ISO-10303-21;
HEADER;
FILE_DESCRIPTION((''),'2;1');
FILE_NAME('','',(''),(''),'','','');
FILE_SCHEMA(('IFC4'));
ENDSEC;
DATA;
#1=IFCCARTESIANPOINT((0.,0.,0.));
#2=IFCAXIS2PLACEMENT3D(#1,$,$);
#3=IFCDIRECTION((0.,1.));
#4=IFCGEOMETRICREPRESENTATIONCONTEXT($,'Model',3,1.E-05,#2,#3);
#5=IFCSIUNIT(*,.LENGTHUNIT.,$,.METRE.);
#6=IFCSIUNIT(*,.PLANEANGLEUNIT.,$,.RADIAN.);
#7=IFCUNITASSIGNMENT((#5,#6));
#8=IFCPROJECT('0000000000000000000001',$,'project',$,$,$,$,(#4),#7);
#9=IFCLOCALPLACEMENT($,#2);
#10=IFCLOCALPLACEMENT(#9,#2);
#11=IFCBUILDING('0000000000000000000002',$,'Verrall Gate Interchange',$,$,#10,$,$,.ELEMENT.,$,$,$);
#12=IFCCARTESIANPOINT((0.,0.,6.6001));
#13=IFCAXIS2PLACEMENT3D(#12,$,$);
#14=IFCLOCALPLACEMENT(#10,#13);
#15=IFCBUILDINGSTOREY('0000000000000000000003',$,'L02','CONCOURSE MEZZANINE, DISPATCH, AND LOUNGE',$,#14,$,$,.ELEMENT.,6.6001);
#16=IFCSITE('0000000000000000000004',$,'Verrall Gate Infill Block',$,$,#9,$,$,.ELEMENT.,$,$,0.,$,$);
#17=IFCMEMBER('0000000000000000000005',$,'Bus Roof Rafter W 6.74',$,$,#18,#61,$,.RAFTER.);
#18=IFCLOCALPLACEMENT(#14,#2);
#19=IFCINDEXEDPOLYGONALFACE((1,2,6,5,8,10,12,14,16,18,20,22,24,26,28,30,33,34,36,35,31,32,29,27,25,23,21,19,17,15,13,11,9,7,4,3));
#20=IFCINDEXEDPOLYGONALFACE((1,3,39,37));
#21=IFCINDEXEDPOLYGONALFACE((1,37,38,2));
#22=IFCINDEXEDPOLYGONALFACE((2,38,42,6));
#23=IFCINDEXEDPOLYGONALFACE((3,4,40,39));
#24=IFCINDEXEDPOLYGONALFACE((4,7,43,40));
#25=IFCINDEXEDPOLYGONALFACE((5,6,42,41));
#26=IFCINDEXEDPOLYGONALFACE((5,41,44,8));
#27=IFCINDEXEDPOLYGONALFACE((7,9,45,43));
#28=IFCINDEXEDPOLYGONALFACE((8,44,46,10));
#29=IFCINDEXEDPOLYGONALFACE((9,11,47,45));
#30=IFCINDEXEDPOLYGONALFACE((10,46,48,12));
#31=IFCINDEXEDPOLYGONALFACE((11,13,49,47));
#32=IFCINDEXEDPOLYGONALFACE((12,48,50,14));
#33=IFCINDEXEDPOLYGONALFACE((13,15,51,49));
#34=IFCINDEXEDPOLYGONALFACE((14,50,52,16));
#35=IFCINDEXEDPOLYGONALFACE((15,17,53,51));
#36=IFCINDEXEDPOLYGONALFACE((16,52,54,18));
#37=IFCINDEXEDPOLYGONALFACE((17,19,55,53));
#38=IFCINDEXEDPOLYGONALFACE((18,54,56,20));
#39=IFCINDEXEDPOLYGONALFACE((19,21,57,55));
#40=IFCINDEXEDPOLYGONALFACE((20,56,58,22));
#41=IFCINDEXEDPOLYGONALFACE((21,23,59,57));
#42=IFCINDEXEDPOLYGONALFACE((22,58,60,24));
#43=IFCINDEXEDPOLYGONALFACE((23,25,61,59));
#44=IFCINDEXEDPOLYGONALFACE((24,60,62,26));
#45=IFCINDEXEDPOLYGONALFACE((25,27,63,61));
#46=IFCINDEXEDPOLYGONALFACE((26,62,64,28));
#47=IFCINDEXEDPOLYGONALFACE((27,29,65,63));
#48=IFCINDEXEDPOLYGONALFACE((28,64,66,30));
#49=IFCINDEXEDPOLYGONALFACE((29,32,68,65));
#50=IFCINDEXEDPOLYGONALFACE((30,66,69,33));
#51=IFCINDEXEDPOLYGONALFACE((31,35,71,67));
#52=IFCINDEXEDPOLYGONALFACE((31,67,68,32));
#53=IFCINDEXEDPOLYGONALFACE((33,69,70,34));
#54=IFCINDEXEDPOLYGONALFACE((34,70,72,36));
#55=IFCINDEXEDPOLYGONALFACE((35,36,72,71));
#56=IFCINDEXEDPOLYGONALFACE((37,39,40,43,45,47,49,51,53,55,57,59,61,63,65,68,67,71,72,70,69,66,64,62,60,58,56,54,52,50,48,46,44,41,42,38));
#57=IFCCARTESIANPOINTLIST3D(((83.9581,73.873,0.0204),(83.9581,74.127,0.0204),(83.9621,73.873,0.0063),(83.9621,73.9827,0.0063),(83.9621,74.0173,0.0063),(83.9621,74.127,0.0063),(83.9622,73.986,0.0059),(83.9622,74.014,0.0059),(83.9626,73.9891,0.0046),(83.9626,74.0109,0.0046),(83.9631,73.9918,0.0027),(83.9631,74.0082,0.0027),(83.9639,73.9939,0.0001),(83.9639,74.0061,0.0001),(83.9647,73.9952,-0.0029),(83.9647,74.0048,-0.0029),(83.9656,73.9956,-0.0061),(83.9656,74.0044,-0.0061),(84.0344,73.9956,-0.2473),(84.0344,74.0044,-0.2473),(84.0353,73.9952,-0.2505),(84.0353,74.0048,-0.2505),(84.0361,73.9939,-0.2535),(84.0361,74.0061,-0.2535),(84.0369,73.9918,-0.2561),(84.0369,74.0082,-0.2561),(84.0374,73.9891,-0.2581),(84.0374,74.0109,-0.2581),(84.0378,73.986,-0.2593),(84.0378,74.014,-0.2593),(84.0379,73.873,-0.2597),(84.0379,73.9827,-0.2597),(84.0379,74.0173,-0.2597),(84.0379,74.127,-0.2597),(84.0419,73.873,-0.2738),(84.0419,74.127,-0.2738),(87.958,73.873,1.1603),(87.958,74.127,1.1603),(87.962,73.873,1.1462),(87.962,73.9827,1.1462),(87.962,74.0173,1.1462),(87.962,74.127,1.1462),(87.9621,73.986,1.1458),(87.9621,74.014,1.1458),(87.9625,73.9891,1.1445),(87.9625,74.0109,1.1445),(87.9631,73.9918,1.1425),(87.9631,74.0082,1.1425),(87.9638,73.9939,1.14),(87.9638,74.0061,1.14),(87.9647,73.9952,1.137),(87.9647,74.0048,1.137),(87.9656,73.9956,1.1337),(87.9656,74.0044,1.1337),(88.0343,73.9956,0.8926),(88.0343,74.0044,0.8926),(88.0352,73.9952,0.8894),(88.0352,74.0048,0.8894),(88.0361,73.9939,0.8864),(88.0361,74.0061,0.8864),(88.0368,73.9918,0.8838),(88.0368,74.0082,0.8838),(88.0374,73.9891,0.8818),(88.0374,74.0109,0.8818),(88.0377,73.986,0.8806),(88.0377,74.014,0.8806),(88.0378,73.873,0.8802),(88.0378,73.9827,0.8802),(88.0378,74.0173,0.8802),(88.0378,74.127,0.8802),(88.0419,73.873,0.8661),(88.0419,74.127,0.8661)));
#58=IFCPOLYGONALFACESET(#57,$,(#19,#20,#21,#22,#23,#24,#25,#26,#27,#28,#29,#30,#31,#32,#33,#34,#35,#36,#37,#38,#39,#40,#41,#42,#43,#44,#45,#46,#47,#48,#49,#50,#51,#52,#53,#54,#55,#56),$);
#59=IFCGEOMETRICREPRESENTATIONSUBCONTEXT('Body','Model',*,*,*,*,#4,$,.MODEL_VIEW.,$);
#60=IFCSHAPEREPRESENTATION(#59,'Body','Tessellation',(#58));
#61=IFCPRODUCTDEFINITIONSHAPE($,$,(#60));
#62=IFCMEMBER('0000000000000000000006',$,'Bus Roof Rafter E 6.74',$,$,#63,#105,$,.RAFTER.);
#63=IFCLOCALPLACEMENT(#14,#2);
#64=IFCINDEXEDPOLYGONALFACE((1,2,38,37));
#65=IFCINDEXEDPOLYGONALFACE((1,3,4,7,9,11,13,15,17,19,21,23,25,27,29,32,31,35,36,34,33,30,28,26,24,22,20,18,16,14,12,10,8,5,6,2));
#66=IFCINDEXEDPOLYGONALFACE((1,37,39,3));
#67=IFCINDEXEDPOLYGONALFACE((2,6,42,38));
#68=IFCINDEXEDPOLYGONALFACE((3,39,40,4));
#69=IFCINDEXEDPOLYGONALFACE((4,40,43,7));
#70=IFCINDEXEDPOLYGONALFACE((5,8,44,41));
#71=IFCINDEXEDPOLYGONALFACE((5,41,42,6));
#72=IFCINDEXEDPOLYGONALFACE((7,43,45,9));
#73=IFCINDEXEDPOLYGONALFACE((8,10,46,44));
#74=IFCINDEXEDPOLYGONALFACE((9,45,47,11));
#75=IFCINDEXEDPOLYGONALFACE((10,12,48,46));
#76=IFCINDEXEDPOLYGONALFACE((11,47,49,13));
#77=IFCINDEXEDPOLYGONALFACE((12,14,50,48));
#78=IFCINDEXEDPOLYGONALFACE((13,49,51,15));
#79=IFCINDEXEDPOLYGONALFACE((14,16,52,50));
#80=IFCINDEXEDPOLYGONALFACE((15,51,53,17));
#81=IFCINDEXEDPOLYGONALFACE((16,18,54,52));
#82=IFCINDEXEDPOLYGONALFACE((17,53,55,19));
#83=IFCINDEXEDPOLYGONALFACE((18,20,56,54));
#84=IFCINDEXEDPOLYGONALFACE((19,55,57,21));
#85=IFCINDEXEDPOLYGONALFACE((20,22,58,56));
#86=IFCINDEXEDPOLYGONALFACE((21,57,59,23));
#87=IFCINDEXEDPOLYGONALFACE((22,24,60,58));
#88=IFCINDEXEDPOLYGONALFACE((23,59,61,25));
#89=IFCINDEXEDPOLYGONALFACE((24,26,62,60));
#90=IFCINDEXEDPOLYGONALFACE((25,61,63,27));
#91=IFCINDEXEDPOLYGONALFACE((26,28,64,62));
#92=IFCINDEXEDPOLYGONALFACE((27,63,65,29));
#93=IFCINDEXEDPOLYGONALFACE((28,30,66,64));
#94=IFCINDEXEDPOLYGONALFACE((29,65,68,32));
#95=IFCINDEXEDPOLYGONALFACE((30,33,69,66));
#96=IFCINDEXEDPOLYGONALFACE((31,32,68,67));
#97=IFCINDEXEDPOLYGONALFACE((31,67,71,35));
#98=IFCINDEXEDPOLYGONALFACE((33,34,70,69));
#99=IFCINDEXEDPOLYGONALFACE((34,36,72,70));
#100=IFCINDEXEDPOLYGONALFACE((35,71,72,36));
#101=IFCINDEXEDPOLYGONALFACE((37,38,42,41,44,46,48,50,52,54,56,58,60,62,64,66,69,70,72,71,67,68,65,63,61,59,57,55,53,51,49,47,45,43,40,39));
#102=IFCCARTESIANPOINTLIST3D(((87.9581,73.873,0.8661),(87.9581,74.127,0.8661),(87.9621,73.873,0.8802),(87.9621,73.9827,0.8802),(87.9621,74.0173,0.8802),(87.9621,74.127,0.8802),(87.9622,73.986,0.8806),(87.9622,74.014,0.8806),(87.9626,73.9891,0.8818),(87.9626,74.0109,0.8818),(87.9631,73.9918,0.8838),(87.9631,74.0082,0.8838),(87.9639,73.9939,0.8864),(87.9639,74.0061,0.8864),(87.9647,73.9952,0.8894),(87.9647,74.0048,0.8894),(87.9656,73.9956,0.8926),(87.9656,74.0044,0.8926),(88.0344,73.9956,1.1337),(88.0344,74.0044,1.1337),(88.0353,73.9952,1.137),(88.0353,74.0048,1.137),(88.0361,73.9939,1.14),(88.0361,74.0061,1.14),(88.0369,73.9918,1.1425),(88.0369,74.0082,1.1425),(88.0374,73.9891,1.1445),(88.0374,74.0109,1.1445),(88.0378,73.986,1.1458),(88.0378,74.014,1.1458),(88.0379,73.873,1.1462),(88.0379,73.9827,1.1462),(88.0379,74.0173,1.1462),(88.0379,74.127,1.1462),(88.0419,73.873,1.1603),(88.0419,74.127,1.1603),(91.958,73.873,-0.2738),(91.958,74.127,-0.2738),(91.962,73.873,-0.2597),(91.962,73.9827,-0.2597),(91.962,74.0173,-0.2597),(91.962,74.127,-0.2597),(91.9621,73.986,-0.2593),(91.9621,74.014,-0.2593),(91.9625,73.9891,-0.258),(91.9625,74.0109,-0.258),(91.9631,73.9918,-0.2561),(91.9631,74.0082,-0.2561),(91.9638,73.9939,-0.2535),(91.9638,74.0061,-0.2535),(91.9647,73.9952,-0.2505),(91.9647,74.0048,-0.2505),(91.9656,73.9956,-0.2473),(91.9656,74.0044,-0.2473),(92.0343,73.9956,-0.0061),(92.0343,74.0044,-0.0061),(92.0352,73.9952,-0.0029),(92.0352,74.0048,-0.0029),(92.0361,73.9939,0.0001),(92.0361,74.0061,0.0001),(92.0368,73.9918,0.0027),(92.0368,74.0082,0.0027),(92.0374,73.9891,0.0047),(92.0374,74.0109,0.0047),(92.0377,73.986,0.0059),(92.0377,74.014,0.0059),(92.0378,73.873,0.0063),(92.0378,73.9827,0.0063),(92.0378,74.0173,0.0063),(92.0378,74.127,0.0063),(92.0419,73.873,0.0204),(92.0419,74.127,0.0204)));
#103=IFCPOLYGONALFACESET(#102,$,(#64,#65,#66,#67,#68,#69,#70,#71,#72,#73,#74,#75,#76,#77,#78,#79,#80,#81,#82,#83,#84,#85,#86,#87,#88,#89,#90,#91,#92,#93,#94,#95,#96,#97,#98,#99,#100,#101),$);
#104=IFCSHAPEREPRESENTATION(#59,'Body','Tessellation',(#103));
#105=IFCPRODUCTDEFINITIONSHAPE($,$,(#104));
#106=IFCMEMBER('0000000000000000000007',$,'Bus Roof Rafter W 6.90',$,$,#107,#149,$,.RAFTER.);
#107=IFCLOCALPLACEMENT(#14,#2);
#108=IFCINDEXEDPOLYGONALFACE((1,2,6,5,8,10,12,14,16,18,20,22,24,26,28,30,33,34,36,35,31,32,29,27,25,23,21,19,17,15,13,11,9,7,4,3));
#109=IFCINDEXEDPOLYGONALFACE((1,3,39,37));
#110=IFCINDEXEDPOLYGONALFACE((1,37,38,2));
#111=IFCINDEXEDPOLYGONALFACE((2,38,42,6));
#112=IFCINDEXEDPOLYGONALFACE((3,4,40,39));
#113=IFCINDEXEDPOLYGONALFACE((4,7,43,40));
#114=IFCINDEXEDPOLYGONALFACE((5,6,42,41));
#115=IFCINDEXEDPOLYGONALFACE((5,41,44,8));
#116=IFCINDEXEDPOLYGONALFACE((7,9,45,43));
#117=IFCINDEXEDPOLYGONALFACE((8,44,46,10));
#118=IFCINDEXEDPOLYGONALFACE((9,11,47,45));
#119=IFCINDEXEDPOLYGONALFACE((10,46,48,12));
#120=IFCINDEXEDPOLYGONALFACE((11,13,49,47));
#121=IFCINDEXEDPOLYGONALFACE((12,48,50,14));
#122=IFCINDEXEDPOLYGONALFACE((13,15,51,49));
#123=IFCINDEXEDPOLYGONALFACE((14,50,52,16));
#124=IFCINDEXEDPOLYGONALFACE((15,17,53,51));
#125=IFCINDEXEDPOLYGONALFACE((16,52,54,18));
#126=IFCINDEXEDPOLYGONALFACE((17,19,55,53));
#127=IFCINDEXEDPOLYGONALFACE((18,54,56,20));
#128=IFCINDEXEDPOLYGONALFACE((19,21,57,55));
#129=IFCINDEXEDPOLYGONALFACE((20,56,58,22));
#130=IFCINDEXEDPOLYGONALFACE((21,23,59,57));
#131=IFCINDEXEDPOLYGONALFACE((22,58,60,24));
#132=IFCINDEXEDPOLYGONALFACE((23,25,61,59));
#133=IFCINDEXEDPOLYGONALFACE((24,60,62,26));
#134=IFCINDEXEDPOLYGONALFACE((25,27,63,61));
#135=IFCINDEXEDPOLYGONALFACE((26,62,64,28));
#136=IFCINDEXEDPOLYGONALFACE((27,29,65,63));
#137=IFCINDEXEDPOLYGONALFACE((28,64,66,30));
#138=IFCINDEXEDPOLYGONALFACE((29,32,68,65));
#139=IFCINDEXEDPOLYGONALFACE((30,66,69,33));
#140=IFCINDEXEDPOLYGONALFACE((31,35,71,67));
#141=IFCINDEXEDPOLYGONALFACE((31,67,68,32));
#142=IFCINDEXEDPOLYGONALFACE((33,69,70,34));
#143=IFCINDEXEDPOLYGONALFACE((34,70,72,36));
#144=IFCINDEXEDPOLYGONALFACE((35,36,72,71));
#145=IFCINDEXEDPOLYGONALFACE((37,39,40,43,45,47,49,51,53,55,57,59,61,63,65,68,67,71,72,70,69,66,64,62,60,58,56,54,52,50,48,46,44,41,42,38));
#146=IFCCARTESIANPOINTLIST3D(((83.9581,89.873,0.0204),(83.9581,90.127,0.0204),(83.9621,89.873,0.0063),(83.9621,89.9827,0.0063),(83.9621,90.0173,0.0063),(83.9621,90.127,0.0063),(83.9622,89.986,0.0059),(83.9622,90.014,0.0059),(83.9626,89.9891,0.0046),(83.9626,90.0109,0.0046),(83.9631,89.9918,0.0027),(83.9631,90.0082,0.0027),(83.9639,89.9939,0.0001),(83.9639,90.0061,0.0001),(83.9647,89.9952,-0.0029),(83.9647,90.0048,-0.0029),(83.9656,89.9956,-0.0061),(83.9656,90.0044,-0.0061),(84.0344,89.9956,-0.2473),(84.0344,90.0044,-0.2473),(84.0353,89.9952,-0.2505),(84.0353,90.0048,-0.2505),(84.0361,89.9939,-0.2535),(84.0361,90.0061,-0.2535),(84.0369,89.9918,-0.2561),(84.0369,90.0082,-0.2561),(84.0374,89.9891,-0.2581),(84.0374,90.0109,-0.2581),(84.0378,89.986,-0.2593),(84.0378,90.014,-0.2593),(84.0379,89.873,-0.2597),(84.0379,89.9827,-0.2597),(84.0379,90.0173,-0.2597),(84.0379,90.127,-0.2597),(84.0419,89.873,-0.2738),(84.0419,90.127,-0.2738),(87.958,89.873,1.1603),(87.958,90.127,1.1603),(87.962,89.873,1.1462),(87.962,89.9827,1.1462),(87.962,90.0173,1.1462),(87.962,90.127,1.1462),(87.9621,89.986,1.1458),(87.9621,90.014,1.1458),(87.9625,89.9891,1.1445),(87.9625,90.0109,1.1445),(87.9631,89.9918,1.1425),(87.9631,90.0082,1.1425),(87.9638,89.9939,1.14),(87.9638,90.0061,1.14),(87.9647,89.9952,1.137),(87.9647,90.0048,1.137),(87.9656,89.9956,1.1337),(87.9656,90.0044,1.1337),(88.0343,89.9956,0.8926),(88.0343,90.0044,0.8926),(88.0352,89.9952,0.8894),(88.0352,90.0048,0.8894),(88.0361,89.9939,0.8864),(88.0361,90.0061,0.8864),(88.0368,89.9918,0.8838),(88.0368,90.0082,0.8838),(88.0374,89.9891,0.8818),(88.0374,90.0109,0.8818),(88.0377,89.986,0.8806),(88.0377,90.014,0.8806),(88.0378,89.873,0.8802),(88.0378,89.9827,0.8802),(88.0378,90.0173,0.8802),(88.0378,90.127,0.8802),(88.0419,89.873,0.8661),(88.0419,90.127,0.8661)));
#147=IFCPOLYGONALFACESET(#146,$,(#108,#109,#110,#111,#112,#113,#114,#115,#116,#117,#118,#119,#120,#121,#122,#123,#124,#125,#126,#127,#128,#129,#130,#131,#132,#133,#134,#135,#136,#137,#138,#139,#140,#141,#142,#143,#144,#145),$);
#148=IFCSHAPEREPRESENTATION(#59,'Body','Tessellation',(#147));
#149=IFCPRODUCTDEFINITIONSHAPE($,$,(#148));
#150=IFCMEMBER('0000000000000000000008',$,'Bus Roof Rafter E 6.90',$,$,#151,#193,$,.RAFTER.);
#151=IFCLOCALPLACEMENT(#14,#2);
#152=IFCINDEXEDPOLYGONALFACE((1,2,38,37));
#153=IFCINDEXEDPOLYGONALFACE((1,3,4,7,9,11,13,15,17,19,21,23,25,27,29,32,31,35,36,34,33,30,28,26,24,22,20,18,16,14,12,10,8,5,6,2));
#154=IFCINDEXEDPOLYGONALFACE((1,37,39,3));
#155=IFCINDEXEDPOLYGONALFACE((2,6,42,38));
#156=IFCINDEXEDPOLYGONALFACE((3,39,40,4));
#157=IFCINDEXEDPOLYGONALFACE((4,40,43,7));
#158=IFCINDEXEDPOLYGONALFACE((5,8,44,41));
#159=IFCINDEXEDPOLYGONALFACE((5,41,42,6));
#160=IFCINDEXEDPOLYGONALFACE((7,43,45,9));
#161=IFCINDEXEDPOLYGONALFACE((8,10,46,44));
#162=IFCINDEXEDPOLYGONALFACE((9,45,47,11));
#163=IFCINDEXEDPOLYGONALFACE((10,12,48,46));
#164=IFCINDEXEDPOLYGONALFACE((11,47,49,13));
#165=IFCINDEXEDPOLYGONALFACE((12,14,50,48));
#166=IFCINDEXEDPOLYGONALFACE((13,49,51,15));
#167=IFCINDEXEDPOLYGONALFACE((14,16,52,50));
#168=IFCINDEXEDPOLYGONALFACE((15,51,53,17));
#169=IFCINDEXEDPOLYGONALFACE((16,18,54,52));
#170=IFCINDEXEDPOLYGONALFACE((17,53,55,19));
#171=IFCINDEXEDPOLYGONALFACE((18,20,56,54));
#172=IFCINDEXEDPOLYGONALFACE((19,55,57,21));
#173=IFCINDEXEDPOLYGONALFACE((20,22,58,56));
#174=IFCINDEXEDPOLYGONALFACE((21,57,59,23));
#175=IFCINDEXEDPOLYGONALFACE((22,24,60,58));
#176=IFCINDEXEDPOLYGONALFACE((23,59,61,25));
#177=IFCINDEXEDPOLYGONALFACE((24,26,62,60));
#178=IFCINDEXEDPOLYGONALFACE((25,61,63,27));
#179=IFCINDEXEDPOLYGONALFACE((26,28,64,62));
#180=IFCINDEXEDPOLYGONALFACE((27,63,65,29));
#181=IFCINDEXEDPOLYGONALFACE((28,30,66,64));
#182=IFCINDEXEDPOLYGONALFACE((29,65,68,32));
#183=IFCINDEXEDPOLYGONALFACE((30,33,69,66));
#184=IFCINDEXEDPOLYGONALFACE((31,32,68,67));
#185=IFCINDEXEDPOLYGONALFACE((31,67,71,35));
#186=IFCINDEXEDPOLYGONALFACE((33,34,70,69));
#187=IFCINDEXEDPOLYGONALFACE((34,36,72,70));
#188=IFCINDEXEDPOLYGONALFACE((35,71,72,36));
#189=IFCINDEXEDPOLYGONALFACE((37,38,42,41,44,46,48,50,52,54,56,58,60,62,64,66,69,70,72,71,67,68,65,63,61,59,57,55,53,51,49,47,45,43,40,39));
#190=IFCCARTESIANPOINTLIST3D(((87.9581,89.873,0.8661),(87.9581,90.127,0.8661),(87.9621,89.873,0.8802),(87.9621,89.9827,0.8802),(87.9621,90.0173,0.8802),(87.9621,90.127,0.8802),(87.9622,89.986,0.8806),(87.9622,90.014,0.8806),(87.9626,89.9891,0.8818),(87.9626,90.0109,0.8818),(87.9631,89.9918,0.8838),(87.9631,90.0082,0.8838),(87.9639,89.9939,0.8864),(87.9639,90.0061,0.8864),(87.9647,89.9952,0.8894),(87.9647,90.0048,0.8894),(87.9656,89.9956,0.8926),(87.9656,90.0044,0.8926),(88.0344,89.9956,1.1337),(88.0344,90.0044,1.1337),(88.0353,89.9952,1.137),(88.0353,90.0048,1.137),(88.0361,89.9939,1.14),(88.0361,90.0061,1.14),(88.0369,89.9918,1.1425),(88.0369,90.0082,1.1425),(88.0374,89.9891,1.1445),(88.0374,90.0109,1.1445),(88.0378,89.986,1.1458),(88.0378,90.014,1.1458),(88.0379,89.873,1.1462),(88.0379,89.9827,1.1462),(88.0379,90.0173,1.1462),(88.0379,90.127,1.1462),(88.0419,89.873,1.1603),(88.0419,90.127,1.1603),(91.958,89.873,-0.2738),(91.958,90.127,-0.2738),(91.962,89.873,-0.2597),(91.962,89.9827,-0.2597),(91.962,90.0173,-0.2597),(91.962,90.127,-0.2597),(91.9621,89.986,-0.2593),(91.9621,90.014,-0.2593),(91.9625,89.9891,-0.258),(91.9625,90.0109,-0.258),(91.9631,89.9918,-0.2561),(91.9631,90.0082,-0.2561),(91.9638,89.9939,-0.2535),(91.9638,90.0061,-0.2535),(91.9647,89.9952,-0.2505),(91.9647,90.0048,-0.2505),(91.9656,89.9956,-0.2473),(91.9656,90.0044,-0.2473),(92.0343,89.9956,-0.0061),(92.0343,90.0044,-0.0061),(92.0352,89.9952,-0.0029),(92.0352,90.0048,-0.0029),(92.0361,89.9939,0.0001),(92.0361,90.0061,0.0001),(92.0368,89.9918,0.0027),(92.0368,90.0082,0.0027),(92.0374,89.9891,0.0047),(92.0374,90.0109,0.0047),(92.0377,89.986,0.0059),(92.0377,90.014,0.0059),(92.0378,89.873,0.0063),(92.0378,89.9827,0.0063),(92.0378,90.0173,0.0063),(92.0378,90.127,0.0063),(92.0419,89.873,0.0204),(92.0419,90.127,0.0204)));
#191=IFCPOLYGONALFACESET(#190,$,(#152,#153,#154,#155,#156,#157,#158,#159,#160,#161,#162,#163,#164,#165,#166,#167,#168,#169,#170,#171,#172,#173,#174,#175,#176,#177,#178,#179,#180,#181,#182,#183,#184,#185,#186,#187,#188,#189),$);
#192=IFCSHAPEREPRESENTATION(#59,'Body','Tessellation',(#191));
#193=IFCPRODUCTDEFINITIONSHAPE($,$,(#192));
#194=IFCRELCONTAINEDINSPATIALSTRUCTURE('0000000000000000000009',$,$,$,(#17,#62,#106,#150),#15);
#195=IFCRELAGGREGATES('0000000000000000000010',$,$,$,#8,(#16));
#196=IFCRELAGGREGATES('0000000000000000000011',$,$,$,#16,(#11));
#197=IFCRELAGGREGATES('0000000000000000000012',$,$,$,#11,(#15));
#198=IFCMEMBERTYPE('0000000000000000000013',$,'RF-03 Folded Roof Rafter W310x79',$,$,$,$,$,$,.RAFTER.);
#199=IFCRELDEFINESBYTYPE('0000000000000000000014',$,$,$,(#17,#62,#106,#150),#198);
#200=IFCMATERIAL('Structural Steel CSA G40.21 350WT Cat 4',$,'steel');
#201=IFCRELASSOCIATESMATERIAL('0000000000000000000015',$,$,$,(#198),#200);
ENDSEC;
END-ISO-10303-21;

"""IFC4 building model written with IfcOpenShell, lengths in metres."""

from ifc_helpers import new_model, si_unit, direction, frame, origin, origin_2d, place, context, subcontext, project, spatial, i_section, extrude, material, material_profile, profile_set, type_object, element, save


model = new_model("IFC4")

# Units and contexts
model_context = context("Model", 3, precision=1e-05, world=origin(), true_north=direction((0.0, 1.0)))
body_context = subcontext(model_context, "Body", "Model", "MODEL_VIEW")
ifc_project = project(units=[si_unit("LENGTHUNIT", "METRE"), si_unit("PLANEANGLEUNIT", "RADIAN")], contexts=[model_context])

# Site, building, storey
site_placement = place(None, origin())
site = spatial("IfcSite", under=ifc_project, at=site_placement, Name="Verrall Gate Infill Block", CompositionType="ELEMENT", RefElevation=0.0)
building_placement = place(site_placement, origin())
building = spatial("IfcBuilding", under=site, at=building_placement, Name="Verrall Gate Interchange", CompositionType="ELEMENT")
storey_placement = place(building_placement, frame((0.0, 0.0, 6.6001)))
storey = spatial("IfcBuildingStorey", under=building, at=storey_placement, Name="L02", Description="CONCOURSE MEZZANINE, DISPATCH, AND LOUNGE", CompositionType="ELEMENT", Elevation=6.6001)

# Members
ifc_material_1 = material(Name="Structural Steel CSA G40.21 350WT Cat 4", Category="steel")
ifc_material_profile_1 = material_profile(ifc_material_1, i_section(OverallWidth=0.2539, OverallDepth=0.3059, WebThickness=0.0088, FlangeThickness=0.0146, FilletRadius=0.0129, at=origin_2d()), Name="W310x79")
ifc_profile_set_1 = profile_set([ifc_material_profile_1], Name="Structural Steel CSA G40.21 350WT Cat 4")
member_type_1 = type_object("IfcMemberType", Name="RF-03 Folded Roof Rafter W310x79", PredefinedType="RAFTER", material=ifc_profile_set_1)
for number, where, z_axis, x_axis, name in (
    (1, (84.0, 74.0, -0.1267), (0.961712, 0.0, 0.274062), (0.0, 1.0, 0.0), "Bus Roof Rafter W 6.74"),
    (2, (88.0, 74.0, 1.0132), (0.961712, 0.0, -0.274062), (0.0, 1.0, 0.0), "Bus Roof Rafter E 6.74"),
    (3, (84.0, 90.0, -0.1267), (0.961712, 0.0, 0.274062), (0.0, 1.0, 0.0), "Bus Roof Rafter W 6.90"),
    (4, (88.0, 90.0, 1.0132), (0.961712, 0.0, -0.274062), (0.0, 1.0, 0.0), "Bus Roof Rafter E 6.90"),
):
    element("IfcMember", number, at=place(storey_placement, frame(where, z_axis=z_axis, x_axis=x_axis)), inside=storey, type_object=member_type_1, Name=name, PredefinedType="RAFTER", context=body_context, shape_type="SweptSolid", body=[
        extrude(i_section(OverallWidth=0.2539, OverallDepth=0.3059, WebThickness=0.0088, FlangeThickness=0.0146, FilletRadius=0.0129, at=origin_2d()), origin(), (0.0, 0.0, 1.0), 4.1592),
    ])

save(model, "model.ifc")
